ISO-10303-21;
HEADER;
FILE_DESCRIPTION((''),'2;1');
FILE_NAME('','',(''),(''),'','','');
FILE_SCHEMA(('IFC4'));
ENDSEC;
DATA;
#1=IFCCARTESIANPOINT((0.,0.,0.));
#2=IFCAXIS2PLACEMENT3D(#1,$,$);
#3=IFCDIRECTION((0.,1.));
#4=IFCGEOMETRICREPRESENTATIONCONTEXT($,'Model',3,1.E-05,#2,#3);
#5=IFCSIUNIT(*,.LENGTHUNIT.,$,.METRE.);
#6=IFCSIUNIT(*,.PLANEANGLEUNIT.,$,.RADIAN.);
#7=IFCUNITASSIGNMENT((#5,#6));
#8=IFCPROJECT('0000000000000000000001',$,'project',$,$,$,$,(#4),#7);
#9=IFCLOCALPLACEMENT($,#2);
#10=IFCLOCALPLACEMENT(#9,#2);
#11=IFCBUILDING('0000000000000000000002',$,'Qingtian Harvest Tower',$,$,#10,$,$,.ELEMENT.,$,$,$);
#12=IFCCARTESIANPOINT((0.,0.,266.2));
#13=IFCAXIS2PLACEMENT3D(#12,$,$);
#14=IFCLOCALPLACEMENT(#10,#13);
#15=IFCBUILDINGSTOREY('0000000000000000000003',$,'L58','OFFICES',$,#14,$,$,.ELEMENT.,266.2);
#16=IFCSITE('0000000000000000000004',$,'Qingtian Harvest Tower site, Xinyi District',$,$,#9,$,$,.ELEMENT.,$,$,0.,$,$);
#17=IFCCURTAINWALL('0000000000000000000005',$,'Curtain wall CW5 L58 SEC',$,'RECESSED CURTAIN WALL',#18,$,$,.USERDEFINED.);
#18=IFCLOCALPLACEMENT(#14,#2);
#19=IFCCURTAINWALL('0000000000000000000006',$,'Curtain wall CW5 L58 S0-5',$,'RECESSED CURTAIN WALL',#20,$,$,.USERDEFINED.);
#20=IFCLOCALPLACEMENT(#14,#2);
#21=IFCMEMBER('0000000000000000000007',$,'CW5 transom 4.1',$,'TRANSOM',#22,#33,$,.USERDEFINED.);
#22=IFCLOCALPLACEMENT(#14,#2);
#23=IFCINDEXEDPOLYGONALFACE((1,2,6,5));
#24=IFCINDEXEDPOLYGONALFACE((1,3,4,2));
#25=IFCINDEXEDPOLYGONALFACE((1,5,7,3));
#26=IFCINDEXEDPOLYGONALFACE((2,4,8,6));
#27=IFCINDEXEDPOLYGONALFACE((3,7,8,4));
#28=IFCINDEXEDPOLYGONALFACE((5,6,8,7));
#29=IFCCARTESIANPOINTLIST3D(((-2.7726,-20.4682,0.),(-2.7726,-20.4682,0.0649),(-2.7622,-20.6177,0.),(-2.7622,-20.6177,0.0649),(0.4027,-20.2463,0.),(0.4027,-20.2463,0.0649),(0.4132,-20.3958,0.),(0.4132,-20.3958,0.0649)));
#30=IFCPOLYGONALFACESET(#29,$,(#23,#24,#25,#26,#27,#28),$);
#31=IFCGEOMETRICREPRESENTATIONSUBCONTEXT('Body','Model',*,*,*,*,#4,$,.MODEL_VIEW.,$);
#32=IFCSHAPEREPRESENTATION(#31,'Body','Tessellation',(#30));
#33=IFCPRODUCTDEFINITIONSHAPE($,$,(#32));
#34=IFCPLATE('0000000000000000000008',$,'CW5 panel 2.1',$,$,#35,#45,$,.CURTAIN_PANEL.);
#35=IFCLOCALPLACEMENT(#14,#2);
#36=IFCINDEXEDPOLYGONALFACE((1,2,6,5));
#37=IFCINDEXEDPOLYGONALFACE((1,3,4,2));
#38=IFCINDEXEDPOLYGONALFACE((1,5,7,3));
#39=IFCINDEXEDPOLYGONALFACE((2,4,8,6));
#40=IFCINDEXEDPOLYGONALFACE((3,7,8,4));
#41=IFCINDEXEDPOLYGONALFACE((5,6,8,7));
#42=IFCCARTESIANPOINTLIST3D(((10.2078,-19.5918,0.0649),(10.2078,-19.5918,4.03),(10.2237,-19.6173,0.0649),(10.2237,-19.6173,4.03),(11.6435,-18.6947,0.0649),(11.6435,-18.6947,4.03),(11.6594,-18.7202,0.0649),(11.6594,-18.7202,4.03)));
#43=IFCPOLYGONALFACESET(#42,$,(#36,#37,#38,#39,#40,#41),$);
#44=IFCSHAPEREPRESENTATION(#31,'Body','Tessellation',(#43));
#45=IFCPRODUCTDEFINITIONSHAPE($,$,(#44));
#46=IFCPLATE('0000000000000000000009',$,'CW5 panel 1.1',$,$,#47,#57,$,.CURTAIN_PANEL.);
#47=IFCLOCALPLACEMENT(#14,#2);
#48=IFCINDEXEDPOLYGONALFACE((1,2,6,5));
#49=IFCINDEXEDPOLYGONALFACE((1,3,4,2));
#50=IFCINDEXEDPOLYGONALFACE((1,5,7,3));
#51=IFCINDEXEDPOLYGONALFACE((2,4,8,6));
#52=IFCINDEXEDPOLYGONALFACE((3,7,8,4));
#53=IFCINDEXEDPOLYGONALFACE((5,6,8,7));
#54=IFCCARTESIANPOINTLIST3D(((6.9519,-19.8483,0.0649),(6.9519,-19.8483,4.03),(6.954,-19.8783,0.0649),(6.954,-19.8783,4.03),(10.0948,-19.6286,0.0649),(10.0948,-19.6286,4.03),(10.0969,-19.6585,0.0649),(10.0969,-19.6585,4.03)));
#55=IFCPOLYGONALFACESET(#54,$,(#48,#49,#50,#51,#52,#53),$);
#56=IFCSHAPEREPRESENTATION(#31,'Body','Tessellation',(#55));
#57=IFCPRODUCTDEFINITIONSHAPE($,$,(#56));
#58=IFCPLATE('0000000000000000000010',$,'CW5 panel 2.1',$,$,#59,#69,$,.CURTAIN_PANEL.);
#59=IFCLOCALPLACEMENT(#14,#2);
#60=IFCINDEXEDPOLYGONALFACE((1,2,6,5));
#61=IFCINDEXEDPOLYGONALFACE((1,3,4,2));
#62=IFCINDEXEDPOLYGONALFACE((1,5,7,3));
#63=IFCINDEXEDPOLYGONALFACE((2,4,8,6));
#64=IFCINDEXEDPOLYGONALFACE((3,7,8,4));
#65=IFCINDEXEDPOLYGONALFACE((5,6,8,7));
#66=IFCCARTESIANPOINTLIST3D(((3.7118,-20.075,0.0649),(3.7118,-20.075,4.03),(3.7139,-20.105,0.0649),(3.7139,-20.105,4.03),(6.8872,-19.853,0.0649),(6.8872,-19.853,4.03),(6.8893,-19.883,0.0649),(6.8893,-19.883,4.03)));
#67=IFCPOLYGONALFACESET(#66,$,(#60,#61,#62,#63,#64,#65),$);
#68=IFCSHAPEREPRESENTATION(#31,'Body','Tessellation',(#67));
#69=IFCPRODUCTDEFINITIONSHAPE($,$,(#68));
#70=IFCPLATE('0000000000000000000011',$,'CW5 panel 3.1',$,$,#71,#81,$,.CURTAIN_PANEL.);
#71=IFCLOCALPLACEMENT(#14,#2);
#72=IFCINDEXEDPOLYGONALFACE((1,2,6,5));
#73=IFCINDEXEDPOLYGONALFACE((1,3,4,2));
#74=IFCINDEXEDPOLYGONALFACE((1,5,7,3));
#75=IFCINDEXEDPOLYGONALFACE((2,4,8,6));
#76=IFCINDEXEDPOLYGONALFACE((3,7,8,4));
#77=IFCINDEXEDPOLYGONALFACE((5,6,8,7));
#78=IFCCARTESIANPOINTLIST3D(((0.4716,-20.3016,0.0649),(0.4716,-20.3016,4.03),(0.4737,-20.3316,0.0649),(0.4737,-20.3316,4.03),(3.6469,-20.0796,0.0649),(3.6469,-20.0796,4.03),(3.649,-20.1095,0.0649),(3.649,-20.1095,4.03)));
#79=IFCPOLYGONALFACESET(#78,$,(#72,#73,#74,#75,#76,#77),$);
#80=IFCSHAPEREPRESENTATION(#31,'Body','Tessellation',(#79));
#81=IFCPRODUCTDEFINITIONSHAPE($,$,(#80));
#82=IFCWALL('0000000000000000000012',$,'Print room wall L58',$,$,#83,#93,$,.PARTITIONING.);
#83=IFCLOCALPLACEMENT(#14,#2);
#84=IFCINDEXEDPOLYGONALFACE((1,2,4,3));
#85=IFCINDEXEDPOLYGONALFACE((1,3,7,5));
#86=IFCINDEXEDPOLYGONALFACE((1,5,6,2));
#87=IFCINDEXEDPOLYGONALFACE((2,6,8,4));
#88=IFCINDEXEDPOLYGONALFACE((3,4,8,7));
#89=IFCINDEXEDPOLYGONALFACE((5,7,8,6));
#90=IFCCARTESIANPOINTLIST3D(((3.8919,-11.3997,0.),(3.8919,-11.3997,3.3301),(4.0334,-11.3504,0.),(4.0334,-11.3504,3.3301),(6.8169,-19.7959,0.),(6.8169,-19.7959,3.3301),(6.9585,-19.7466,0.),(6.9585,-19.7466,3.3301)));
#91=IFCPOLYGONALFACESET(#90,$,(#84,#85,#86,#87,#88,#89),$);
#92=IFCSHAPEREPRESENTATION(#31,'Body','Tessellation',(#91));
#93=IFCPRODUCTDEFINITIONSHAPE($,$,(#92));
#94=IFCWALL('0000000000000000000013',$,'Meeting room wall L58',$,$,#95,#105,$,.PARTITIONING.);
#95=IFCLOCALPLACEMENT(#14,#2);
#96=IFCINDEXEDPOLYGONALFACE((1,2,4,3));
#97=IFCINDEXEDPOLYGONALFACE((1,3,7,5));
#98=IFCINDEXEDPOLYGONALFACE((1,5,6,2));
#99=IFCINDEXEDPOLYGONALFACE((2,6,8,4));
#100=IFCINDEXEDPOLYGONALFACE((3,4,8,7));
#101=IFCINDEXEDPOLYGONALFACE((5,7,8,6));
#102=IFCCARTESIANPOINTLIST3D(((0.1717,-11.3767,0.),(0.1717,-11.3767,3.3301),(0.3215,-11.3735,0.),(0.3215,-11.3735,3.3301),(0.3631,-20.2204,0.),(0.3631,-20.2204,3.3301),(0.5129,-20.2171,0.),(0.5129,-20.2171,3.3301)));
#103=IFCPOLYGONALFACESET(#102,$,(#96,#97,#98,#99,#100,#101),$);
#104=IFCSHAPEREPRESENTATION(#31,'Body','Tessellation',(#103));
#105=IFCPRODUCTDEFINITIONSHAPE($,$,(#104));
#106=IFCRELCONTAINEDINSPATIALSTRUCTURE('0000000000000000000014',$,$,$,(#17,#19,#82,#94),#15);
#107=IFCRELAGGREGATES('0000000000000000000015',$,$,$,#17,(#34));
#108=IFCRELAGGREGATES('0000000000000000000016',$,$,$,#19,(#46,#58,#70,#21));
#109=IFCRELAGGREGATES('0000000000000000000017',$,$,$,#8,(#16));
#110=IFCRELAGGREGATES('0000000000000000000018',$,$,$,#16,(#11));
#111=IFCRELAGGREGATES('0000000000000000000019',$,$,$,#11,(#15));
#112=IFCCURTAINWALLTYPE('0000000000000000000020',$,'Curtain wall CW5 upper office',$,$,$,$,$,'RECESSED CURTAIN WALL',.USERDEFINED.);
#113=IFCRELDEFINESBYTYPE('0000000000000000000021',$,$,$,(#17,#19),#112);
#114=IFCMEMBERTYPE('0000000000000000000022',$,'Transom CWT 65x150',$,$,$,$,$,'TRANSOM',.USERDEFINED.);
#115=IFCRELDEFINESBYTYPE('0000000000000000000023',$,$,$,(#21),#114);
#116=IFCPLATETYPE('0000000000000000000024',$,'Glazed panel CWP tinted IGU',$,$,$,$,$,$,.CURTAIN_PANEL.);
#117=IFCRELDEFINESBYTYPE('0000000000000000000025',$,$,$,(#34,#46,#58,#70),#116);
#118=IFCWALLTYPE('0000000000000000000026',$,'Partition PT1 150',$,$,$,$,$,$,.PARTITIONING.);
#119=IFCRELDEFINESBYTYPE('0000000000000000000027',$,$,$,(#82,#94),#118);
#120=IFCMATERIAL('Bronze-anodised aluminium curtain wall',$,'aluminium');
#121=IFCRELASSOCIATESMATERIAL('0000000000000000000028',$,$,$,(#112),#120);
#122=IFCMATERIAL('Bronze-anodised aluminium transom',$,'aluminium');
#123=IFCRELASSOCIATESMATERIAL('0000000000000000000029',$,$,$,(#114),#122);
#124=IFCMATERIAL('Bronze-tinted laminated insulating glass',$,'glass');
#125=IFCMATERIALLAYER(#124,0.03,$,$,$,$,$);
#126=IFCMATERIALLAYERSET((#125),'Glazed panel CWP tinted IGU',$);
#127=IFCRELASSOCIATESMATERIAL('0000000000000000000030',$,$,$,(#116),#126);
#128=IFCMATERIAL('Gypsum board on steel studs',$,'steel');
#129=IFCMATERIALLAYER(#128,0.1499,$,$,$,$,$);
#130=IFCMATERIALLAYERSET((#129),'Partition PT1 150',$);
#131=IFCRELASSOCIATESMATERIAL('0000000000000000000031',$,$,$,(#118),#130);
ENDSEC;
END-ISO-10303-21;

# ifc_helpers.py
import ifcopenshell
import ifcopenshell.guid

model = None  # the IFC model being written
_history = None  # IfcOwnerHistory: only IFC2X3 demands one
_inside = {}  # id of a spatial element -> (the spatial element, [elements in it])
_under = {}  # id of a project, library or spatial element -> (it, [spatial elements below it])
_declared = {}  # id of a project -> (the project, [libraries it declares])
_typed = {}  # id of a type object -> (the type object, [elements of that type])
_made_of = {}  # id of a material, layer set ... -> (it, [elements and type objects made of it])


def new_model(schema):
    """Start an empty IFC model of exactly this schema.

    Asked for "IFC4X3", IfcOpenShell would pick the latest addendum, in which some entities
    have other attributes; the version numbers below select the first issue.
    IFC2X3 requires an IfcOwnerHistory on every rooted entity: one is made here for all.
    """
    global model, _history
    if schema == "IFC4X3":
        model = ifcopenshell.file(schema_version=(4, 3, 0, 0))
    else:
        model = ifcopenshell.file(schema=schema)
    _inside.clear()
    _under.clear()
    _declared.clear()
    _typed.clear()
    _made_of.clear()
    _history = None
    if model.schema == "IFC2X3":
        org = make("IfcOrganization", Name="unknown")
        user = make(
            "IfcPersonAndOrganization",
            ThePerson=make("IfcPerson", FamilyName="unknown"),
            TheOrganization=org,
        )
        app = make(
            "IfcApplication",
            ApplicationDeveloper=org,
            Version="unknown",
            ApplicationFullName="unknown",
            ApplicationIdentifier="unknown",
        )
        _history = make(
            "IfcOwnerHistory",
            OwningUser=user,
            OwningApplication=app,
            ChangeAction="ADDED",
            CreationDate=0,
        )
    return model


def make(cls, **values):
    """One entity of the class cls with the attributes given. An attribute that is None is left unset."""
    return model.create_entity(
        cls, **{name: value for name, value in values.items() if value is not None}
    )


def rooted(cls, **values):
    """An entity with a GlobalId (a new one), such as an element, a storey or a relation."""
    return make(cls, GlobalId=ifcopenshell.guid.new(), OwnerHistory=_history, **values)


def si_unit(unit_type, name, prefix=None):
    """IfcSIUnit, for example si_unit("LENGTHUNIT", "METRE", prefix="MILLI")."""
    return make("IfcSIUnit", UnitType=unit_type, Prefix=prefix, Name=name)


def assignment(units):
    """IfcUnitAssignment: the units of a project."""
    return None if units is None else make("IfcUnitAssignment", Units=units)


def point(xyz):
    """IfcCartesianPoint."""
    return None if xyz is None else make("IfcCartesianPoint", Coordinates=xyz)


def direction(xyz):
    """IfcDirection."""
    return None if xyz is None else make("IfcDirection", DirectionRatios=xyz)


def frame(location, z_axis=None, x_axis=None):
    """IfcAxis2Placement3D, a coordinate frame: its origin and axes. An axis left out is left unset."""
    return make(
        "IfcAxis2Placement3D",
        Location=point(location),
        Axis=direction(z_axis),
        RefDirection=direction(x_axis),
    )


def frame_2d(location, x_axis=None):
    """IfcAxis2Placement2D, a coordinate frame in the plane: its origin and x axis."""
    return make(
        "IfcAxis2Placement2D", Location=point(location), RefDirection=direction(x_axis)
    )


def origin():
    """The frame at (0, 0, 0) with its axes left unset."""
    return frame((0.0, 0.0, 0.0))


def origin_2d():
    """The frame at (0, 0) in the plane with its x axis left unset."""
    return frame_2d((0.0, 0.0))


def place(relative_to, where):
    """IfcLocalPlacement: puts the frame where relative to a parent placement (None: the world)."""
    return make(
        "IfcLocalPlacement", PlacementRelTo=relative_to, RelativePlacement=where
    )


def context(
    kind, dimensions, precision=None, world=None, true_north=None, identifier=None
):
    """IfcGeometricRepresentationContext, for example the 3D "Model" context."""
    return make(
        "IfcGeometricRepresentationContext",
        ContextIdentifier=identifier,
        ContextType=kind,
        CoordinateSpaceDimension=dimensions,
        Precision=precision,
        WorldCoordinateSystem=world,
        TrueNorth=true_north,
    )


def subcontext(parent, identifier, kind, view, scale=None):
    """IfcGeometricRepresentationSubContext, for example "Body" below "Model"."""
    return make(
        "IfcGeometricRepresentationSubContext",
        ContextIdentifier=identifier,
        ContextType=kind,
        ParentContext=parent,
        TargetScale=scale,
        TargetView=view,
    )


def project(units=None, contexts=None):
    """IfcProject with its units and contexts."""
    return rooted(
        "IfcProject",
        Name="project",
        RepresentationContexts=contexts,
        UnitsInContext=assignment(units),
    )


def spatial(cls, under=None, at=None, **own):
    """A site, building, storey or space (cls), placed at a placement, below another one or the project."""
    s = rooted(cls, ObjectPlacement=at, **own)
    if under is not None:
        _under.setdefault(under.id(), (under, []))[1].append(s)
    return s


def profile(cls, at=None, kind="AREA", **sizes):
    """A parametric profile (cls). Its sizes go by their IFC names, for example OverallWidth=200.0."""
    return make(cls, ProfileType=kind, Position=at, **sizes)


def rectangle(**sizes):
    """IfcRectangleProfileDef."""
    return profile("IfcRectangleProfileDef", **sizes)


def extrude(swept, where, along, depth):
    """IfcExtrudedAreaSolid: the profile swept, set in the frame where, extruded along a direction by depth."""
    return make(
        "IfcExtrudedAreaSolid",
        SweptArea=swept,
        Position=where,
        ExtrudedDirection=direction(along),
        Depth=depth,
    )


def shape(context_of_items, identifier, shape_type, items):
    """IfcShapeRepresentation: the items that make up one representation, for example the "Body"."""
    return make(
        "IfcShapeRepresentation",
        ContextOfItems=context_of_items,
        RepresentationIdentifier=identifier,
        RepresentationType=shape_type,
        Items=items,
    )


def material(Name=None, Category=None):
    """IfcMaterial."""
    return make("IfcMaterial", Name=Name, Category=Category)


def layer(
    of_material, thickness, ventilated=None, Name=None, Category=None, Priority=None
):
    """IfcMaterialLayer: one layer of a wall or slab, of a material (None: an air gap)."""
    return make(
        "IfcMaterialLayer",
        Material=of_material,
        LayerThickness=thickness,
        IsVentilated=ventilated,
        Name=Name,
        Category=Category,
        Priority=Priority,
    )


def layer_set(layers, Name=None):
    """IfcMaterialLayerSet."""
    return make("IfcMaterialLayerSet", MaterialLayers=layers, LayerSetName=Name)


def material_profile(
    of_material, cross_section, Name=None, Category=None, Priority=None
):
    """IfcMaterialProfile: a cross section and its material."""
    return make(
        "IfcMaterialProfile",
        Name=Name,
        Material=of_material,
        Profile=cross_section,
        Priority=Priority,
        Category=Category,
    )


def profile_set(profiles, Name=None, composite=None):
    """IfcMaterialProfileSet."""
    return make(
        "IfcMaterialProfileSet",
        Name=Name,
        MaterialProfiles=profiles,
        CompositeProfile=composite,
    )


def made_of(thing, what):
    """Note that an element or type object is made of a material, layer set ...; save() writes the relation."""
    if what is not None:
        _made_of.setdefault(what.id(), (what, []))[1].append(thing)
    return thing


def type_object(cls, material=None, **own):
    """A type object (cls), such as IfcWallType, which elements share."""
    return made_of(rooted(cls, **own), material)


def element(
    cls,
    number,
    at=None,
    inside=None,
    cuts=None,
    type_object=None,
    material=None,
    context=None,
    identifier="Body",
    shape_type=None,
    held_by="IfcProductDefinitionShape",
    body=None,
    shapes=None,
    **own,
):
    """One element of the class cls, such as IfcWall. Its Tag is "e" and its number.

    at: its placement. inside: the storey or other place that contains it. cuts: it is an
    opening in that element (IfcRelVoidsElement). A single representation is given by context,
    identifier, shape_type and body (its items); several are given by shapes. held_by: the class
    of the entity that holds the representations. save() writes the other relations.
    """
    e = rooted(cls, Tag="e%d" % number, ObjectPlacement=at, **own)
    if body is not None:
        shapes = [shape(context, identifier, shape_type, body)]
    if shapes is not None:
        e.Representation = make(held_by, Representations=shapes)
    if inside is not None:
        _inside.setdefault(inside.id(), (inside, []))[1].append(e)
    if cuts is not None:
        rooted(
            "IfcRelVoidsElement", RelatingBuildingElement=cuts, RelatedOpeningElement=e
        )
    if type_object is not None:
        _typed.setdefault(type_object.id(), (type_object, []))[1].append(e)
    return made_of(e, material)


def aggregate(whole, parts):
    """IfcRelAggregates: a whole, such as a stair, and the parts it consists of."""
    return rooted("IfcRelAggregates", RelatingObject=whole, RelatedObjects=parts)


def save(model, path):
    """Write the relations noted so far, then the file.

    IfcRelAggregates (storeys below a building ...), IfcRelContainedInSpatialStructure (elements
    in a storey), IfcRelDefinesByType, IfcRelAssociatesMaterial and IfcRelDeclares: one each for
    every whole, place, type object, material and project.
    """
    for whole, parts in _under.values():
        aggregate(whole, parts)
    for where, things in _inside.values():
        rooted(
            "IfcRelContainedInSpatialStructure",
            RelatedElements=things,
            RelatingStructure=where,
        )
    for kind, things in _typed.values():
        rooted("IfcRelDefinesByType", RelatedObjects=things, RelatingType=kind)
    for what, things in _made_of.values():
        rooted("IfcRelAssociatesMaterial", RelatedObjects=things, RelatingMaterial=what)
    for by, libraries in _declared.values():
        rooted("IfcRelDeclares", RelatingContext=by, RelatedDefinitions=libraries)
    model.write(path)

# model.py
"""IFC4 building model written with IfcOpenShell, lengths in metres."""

from ifc_helpers import new_model, si_unit, direction, frame, frame_2d, origin, origin_2d, place, context, subcontext, project, spatial, rectangle, extrude, material, layer, layer_set, material_profile, profile_set, type_object, element, aggregate, save


model = new_model("IFC4")

# Units and contexts
model_context = context("Model", 3, precision=1e-05, world=origin(), true_north=direction((0.0, 1.0)))
body_context = subcontext(model_context, "Body", "Model", "MODEL_VIEW")
ifc_project = project(units=[si_unit("LENGTHUNIT", "METRE"), si_unit("PLANEANGLEUNIT", "RADIAN")], contexts=[model_context])

# Site, building, storey
site_placement = place(None, origin())
site = spatial("IfcSite", under=ifc_project, at=site_placement, Name="Qingtian Harvest Tower site, Xinyi District", CompositionType="ELEMENT", RefElevation=0.0)
building_placement = place(site_placement, origin())
building = spatial("IfcBuilding", under=site, at=building_placement, Name="Qingtian Harvest Tower", CompositionType="ELEMENT")
storey_placement = place(building_placement, frame((0.0, 0.0, 266.2)))
storey = spatial("IfcBuildingStorey", under=building, at=storey_placement, Name="L58", Description="OFFICES", CompositionType="ELEMENT", Elevation=266.2)

# Curtain wall
ifc_material_1 = material(Name="Bronze-anodised aluminium curtain wall", Category="aluminium")
curtain_wall_type = type_object("IfcCurtainWallType", Name="Curtain wall CW5 upper office", ElementType="RECESSED CURTAIN WALL", PredefinedType="USERDEFINED", material=ifc_material_1)
curtain_wall_1_placement = place(storey_placement, origin())
curtain_wall_1 = element("IfcCurtainWall", 1, at=curtain_wall_1_placement, inside=storey, type_object=curtain_wall_type, Name="Curtain wall CW5 L58 SEC", ObjectType="RECESSED CURTAIN WALL", PredefinedType="USERDEFINED")

# Curtain wall
curtain_wall_2_placement = place(storey_placement, origin())
curtain_wall_2 = element("IfcCurtainWall", 2, at=curtain_wall_2_placement, inside=storey, type_object=curtain_wall_type, Name="Curtain wall CW5 L58 S0-5", ObjectType="RECESSED CURTAIN WALL", PredefinedType="USERDEFINED")

# Member
ifc_material_2 = material(Name="Bronze-anodised aluminium transom", Category="aluminium")
ifc_material_profile_1 = material_profile(ifc_material_2, rectangle(XDim=0.1499, YDim=0.0649, at=origin_2d()), Name="AL 65x150")
ifc_profile_set_1 = profile_set([ifc_material_profile_1], Name="Bronze-anodised aluminium transom")
member_type_1 = type_object("IfcMemberType", Name="Transom CWT 65x150", ElementType="TRANSOM", PredefinedType="USERDEFINED", material=ifc_profile_set_1)
member_1_placement = place(storey_placement, frame((0.408, -20.321, 0.0325), z_axis=(-0.997567, -0.069721, 0.0), x_axis=(0.069721, -0.997567, 0.0)))
member_1 = element("IfcMember", 3, at=member_1_placement, type_object=member_type_1, Name="CW5 transom 4.1", ObjectType="TRANSOM", PredefinedType="USERDEFINED", context=body_context, shape_type="SweptSolid", body=[
    extrude(rectangle(XDim=0.1499, YDim=0.0649, at=origin_2d()), origin(), (0.0, 0.0, 1.0), 3.1831),
])

# Plates
ifc_material_3 = material(Name="Bronze-tinted laminated insulating glass", Category="glass")
ifc_layer_1 = layer(ifc_material_3, 0.03)
ifc_layer_set_1 = layer_set([ifc_layer_1], Name="Glazed panel CWP tinted IGU")
plate_type = type_object("IfcPlateType", Name="Glazed panel CWP tinted IGU", PredefinedType="CURTAIN_PANEL", material=ifc_layer_set_1)
plate_1_placement = place(storey_placement, frame((10.9336, -19.156, 0.0649), z_axis=(0.0, 0.0, 1.0), x_axis=(-0.848048, -0.529919, 0.0)))
plate_1 = element("IfcPlate", 4, at=plate_1_placement, type_object=plate_type, Name="CW5 panel 2.1", PredefinedType="CURTAIN_PANEL", context=body_context, shape_type="SweptSolid", body=[
    extrude(rectangle(XDim=1.6929, YDim=0.03, at=origin_2d()), origin(), (0.0, 0.0, 1.0), 3.9651),
])
aggregate(curtain_wall_1, [plate_1])
plate_2_placement = place(storey_placement, frame((8.5244, -19.7534, 0.0649), z_axis=(0.0, 0.0, 1.0), x_axis=(-0.997564, -0.069756, 0.0)))
plate_2 = element("IfcPlate", 5, at=plate_2_placement, type_object=plate_type, Name="CW5 panel 1.1", PredefinedType="CURTAIN_PANEL", context=body_context, shape_type="SweptSolid", body=[
    extrude(rectangle(XDim=3.1506, YDim=0.03, at=origin_2d()), origin(), (0.0, 0.0, 1.0), 3.9651),
])
plate_3_placement = place(storey_placement, frame((5.3005, -19.979, 0.0649), z_axis=(0.0, 0.0, 1.0), x_axis=(-0.997564, -0.069756, 0.0)))
plate_3 = element("IfcPlate", 6, at=plate_3_placement, type_object=plate_type, Name="CW5 panel 2.1", PredefinedType="CURTAIN_PANEL", context=body_context, shape_type="SweptSolid", body=[
    extrude(rectangle(XDim=3.1831, YDim=0.03, at=origin_2d()), origin(), (0.0, 0.0, 1.0), 3.9651),
])
plate_4_placement = place(storey_placement, frame((2.0603, -20.2056, 0.0649), z_axis=(0.0, 0.0, 1.0), x_axis=(-0.997564, -0.069756, 0.0)))
plate_4 = element("IfcPlate", 7, at=plate_4_placement, type_object=plate_type, Name="CW5 panel 3.1", PredefinedType="CURTAIN_PANEL", context=body_context, shape_type="SweptSolid", body=[
    extrude(rectangle(XDim=3.1831, YDim=0.03, at=origin_2d()), origin(), (0.0, 0.0, 1.0), 3.9651),
])
aggregate(curtain_wall_2, [plate_2, plate_3, plate_4, member_1])

# Walls
ifc_material_4 = material(Name="Gypsum board on steel studs", Category="steel")
ifc_layer_2 = layer(ifc_material_4, 0.1499)
ifc_layer_set_2 = layer_set([ifc_layer_2], Name="Partition PT1 150")
wall_type = type_object("IfcWallType", Name="Partition PT1 150", PredefinedType="PARTITIONING", material=ifc_layer_set_2)
wall_1_placement = place(storey_placement, frame((6.8877, -19.7712, 0.0), z_axis=(0.0, 0.0, 1.0), x_axis=(-0.328984, 0.944336, 0.0)))
element("IfcWall", 8, at=wall_1_placement, inside=storey, type_object=wall_type, Name="Print room wall L58", PredefinedType="PARTITIONING", context=body_context, shape_type="SweptSolid", body=[
    extrude(rectangle(XDim=8.8911, YDim=0.1499, at=frame_2d((4.4456, 0.0))), origin(), (0.0, 0.0, 1.0), 3.3301),
])
wall_2_placement = place(storey_placement, frame((0.438, -20.2188, 0.0), z_axis=(0.0, 0.0, 1.0), x_axis=(-0.021638, 0.999766, 0.0)))
element("IfcWall", 9, at=wall_2_placement, inside=storey, type_object=wall_type, Name="Meeting room wall L58", PredefinedType="PARTITIONING", context=body_context, shape_type="SweptSolid", body=[
    extrude(rectangle(XDim=8.8457, YDim=0.1499, at=frame_2d((4.4229, 0.0))), origin(), (0.0, 0.0, 1.0), 3.3301),
])

save(model, "model.ifc")
